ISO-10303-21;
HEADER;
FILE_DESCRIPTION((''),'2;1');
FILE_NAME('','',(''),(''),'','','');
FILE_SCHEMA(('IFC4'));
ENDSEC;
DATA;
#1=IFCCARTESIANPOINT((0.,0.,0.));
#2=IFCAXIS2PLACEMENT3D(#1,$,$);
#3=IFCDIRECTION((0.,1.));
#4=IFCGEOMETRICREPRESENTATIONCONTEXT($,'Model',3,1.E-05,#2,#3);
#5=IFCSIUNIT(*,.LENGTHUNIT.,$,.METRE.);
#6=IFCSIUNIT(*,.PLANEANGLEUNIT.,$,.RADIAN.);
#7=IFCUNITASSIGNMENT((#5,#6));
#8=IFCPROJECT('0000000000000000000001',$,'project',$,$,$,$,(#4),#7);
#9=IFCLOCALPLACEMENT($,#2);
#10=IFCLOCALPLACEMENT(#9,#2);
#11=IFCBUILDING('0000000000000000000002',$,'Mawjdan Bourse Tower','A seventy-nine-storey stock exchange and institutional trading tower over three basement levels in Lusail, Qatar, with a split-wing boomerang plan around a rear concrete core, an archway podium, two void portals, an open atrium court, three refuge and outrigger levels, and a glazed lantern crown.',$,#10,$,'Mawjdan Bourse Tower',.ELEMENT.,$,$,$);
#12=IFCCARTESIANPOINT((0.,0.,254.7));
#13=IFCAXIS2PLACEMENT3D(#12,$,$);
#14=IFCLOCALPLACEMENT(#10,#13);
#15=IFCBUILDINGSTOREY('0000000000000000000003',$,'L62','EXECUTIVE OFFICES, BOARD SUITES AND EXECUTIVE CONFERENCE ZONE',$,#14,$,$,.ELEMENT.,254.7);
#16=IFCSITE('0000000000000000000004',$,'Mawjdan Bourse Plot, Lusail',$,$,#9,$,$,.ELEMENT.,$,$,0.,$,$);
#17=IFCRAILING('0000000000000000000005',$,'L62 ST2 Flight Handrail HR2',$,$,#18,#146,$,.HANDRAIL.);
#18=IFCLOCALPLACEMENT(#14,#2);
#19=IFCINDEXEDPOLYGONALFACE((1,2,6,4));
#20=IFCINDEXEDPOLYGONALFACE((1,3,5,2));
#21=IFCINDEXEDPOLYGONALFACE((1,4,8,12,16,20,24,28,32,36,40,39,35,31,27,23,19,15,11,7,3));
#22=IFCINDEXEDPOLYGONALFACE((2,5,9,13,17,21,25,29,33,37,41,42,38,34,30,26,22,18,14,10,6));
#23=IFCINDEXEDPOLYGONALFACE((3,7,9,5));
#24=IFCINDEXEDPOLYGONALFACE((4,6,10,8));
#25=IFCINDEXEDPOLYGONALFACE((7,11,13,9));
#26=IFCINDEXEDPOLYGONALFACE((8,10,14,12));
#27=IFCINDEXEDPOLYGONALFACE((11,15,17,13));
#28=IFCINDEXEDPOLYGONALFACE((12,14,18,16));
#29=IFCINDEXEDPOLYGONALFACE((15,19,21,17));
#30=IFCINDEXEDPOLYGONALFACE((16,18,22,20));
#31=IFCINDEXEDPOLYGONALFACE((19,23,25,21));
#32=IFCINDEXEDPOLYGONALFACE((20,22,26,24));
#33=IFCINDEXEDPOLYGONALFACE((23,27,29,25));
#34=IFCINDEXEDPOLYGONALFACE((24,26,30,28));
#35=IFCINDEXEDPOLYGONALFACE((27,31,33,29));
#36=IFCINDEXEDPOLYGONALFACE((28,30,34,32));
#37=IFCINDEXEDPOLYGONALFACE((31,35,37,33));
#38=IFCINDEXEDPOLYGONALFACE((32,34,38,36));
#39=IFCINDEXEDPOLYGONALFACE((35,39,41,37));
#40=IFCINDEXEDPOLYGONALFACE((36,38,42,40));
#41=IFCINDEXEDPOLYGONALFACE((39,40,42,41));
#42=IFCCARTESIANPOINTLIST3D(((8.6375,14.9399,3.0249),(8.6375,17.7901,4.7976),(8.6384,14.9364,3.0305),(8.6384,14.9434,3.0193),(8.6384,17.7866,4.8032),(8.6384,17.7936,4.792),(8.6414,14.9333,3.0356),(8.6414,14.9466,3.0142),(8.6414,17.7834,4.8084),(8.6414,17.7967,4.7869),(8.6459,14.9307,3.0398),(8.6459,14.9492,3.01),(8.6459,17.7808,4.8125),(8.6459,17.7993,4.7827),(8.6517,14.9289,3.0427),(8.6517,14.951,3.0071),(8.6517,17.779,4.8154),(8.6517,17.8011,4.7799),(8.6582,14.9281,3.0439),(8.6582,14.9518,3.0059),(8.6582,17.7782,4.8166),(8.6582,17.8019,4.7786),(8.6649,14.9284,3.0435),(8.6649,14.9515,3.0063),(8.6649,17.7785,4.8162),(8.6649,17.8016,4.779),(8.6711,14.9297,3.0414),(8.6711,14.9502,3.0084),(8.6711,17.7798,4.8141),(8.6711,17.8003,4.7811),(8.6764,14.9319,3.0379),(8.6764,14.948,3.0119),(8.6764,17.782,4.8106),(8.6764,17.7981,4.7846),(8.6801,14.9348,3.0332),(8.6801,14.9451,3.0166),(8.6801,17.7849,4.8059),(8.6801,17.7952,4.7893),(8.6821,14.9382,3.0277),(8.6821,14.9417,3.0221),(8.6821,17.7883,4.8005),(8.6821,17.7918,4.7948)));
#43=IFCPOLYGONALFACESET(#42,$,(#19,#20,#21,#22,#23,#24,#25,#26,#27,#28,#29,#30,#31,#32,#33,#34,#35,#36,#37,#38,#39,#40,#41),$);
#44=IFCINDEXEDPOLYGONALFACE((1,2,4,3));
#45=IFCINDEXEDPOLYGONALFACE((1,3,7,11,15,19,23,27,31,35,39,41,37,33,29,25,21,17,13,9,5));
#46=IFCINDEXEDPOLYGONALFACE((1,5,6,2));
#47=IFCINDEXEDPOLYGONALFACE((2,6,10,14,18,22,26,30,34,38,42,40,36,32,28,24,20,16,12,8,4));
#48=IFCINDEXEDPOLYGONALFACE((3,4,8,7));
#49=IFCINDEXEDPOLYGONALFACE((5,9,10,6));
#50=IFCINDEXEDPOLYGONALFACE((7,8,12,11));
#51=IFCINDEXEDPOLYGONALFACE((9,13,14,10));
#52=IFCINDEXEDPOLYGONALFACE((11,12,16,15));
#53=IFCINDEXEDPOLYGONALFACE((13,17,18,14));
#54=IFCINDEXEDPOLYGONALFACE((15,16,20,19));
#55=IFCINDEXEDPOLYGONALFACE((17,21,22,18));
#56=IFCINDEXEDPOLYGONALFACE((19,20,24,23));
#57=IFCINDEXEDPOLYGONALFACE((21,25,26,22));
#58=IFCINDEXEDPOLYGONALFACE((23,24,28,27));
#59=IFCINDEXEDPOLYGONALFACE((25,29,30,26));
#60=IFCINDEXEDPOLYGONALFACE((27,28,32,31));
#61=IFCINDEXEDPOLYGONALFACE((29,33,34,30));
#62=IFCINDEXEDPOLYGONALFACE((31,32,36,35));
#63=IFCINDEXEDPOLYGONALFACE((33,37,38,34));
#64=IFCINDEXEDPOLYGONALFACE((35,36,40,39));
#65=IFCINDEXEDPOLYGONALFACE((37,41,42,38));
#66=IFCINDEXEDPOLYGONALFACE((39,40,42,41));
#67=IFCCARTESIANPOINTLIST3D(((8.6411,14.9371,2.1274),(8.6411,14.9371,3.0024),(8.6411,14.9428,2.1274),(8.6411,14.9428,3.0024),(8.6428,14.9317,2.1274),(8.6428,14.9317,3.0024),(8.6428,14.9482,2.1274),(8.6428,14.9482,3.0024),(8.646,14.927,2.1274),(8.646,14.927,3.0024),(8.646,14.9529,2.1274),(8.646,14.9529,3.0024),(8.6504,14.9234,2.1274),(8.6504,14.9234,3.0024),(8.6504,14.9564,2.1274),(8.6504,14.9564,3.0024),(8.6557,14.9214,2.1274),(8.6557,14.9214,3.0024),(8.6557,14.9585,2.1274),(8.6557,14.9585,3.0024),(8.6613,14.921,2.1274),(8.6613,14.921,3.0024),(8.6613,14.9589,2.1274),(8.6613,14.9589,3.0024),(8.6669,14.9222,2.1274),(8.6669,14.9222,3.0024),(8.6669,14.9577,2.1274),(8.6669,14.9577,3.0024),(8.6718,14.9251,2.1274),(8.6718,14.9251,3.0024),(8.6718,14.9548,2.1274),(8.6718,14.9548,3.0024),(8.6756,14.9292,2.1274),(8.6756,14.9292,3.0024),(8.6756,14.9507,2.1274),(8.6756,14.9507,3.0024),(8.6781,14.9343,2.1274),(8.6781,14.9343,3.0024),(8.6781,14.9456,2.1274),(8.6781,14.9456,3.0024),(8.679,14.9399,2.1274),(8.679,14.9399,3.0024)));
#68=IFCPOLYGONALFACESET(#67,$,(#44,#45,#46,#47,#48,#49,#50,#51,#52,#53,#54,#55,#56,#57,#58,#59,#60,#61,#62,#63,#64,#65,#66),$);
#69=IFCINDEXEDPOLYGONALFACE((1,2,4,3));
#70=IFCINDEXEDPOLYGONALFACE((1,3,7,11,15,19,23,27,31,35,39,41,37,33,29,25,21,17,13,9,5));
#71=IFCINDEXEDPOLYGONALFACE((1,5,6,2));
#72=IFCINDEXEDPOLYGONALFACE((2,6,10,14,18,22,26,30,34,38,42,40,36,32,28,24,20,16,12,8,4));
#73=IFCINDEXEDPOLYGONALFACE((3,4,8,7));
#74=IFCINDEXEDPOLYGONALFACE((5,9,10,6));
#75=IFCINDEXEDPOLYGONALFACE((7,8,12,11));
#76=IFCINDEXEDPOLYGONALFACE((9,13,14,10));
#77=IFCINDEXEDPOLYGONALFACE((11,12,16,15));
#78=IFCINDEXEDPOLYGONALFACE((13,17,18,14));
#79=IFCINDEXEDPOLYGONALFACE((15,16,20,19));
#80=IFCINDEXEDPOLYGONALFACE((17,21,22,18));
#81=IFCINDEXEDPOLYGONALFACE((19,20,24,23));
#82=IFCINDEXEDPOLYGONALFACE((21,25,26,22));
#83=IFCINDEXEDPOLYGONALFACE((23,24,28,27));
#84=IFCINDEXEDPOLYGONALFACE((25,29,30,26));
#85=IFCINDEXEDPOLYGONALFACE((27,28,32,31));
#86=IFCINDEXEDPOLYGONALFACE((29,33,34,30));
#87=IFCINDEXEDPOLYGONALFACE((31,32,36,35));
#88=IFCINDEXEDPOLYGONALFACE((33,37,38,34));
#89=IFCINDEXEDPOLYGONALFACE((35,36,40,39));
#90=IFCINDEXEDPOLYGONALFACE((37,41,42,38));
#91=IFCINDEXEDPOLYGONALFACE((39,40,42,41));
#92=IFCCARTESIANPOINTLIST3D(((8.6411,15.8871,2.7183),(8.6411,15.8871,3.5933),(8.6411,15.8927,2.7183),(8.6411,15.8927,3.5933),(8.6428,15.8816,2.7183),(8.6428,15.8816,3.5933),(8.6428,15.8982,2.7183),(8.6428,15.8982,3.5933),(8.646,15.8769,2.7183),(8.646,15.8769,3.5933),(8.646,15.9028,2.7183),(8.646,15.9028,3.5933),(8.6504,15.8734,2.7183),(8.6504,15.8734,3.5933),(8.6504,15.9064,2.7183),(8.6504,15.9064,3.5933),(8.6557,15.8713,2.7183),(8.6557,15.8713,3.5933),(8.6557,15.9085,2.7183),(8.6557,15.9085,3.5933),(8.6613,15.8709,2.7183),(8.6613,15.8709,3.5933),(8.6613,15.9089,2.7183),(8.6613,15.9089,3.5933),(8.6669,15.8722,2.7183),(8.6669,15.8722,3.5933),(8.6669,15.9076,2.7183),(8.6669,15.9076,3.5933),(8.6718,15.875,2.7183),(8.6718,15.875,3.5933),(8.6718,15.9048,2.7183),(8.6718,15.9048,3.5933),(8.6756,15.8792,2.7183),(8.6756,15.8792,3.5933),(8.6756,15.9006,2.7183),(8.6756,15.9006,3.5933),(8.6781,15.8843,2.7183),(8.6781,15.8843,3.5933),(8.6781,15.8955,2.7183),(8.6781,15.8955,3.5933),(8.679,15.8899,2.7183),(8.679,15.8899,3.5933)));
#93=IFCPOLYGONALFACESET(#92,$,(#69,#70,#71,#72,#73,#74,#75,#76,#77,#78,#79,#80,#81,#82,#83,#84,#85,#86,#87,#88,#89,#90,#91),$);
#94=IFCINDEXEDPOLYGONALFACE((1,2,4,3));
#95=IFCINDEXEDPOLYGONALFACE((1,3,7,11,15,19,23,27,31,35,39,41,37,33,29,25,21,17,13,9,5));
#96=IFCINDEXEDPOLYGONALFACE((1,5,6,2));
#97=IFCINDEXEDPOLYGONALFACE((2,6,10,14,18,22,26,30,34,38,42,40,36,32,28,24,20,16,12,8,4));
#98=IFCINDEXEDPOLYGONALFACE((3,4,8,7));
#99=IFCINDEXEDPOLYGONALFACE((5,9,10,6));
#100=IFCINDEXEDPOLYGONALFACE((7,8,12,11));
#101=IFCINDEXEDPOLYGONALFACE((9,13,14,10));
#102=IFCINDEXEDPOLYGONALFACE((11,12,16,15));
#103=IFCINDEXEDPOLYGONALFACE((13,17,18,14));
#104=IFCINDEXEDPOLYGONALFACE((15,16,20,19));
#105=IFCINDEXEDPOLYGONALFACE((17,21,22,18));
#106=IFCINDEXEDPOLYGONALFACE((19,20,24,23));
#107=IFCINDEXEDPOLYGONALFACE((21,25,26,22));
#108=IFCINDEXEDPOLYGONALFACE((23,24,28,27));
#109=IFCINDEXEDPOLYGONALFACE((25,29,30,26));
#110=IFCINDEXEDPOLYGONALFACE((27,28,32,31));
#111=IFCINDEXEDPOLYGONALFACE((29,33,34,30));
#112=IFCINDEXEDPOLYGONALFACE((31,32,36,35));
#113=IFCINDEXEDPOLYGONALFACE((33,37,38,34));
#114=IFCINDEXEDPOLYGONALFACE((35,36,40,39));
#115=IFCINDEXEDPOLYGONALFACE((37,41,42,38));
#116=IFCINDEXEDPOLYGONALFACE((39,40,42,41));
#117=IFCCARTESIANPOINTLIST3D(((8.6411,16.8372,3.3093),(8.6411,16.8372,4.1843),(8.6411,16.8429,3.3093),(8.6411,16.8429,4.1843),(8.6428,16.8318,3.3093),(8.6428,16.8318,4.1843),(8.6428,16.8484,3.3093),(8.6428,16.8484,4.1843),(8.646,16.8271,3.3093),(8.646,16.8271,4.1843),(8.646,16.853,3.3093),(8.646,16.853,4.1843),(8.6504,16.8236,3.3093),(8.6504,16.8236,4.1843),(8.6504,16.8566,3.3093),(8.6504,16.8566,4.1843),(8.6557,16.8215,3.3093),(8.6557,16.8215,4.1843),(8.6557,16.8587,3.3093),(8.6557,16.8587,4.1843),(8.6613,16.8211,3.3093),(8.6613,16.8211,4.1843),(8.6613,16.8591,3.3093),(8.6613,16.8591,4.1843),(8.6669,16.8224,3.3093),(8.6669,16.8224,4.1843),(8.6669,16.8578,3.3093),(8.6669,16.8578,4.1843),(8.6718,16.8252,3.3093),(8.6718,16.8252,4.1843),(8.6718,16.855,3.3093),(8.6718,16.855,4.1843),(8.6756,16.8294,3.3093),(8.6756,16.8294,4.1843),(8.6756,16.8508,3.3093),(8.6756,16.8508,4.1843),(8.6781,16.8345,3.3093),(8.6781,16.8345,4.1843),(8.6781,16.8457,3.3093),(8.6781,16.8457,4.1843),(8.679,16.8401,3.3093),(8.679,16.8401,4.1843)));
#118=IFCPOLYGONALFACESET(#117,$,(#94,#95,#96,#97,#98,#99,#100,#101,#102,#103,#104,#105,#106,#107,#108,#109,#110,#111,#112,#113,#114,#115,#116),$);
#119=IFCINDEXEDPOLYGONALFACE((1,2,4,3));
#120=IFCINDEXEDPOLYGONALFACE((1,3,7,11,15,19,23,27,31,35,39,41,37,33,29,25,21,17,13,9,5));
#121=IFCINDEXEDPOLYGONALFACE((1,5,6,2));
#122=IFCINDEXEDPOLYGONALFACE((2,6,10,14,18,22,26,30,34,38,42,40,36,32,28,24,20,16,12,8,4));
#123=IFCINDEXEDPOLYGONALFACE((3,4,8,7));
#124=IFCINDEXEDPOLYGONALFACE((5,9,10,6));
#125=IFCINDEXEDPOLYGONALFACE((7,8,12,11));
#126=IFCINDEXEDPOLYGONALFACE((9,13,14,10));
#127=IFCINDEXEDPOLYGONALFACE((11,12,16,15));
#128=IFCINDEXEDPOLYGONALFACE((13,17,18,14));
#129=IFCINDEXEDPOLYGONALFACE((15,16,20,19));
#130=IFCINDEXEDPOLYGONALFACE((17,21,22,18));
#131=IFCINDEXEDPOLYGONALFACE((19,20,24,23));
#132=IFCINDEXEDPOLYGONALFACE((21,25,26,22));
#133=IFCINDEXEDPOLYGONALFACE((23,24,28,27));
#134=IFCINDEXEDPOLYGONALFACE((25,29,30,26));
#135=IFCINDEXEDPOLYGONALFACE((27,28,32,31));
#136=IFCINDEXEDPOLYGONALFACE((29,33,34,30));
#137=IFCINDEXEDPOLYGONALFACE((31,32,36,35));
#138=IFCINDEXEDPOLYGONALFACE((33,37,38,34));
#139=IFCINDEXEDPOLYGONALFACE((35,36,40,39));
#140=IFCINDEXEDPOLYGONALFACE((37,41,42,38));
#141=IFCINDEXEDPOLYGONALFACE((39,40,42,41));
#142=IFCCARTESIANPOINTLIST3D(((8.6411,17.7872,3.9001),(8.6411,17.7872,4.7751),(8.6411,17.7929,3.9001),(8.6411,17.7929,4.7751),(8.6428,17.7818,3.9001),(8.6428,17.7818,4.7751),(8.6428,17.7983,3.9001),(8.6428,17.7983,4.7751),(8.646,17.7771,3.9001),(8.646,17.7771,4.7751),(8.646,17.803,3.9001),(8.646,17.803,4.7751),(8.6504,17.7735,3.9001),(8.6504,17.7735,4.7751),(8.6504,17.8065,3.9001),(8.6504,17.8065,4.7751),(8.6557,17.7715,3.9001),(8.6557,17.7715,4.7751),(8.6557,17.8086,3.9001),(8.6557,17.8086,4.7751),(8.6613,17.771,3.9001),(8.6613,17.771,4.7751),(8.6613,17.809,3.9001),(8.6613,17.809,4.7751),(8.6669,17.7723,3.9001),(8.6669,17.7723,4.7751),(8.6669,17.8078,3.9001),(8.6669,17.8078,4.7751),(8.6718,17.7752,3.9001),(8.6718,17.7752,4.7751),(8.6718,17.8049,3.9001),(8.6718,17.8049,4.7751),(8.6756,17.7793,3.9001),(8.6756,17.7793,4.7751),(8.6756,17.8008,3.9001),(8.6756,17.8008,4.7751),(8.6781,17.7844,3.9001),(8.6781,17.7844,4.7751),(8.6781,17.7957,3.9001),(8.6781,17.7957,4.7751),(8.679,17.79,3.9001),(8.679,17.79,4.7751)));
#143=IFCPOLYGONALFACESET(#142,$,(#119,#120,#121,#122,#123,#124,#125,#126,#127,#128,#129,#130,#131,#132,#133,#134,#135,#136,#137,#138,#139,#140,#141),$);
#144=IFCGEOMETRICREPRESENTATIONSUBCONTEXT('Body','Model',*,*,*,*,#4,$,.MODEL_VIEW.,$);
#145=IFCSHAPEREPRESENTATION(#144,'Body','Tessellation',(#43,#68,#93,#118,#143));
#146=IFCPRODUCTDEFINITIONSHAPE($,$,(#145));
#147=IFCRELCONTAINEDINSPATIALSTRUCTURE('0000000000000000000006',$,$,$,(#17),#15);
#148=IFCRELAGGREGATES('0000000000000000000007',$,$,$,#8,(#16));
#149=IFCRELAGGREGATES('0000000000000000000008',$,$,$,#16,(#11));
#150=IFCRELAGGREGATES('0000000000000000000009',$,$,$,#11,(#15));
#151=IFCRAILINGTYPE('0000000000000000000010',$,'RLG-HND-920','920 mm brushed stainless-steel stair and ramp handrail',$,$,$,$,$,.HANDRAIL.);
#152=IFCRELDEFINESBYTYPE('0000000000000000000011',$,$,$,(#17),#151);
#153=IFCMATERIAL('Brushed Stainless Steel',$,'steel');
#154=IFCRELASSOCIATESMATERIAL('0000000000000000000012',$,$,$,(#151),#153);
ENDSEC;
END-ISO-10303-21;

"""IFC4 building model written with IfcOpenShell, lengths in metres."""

from ifc_helpers import new_model, si_unit, direction, frame, origin, origin_2d, place, context, subcontext, project, spatial, circle, extrude, material, type_object, element, save


model = new_model("IFC4")

# Units and contexts
model_context = context("Model", 3, precision=1e-05, world=origin(), true_north=direction((0.0, 1.0)))
body_context = subcontext(model_context, "Body", "Model", "MODEL_VIEW")
ifc_project = project(units=[si_unit("LENGTHUNIT", "METRE"), si_unit("PLANEANGLEUNIT", "RADIAN")], contexts=[model_context])

# Site, building, storey
site_placement = place(None, origin())
site = spatial("IfcSite", under=ifc_project, at=site_placement, Name="Mawjdan Bourse Plot, Lusail", CompositionType="ELEMENT", RefElevation=0.0)
building_placement = place(site_placement, origin())
building = spatial("IfcBuilding", under=site, at=building_placement, Name="Mawjdan Bourse Tower", Description="A seventy-nine-storey stock exchange and institutional trading tower over three basement levels in Lusail, Qatar, with a split-wing boomerang plan around a rear concrete core, an archway podium, two void portals, an open atrium court, three refuge and outrigger levels, and a glazed lantern crown.", LongName="Mawjdan Bourse Tower", CompositionType="ELEMENT")
storey_placement = place(building_placement, frame((0.0, 0.0, 254.7)))
storey = spatial("IfcBuildingStorey", under=building, at=storey_placement, Name="L62", Description="EXECUTIVE OFFICES, BOARD SUITES AND EXECUTIVE CONFERENCE ZONE", CompositionType="ELEMENT", Elevation=254.7)

# Shared definitions
ifc_material_1 = material(Name="Brushed Stainless Steel", Category="steel")

# Railing
railing_type_1 = type_object("IfcRailingType", Name="RLG-HND-920", Description="920 mm brushed stainless-steel stair and ramp handrail", PredefinedType="HANDRAIL", material=ifc_material_1)
railing_1_placement = place(storey_placement, frame((8.6599, 14.9399, 2.1274)))
element("IfcRailing", 1, at=railing_1_placement, inside=storey, type_object=railing_type_1, Name="L62 ST2 Flight Handrail HR2", PredefinedType="HANDRAIL", context=body_context, shape_type="SweptSolid", body=[
    extrude(circle(Radius=0.0225, at=origin_2d()), frame((0.0, 0.0, 0.8975), z_axis=(0.0, 0.849149, 0.528154), x_axis=(-1.0, 0.0, 0.0)), (0.0, 0.0, 1.0), 3.3564),
    extrude(circle(Radius=0.019, at=origin_2d()), origin(), (0.0, 0.0, 1.0), 0.875),
    extrude(circle(Radius=0.019, at=origin_2d()), frame((0.0, 0.95, 0.5908)), (0.0, 0.0, 1.0), 0.875),
    extrude(circle(Radius=0.019, at=origin_2d()), frame((0.0, 1.9001, 1.1819)), (0.0, 0.0, 1.0), 0.875),
    extrude(circle(Radius=0.019, at=origin_2d()), frame((0.0, 2.8501, 1.7727)), (0.0, 0.0, 1.0), 0.875),
])

save(model, "model.ifc")
